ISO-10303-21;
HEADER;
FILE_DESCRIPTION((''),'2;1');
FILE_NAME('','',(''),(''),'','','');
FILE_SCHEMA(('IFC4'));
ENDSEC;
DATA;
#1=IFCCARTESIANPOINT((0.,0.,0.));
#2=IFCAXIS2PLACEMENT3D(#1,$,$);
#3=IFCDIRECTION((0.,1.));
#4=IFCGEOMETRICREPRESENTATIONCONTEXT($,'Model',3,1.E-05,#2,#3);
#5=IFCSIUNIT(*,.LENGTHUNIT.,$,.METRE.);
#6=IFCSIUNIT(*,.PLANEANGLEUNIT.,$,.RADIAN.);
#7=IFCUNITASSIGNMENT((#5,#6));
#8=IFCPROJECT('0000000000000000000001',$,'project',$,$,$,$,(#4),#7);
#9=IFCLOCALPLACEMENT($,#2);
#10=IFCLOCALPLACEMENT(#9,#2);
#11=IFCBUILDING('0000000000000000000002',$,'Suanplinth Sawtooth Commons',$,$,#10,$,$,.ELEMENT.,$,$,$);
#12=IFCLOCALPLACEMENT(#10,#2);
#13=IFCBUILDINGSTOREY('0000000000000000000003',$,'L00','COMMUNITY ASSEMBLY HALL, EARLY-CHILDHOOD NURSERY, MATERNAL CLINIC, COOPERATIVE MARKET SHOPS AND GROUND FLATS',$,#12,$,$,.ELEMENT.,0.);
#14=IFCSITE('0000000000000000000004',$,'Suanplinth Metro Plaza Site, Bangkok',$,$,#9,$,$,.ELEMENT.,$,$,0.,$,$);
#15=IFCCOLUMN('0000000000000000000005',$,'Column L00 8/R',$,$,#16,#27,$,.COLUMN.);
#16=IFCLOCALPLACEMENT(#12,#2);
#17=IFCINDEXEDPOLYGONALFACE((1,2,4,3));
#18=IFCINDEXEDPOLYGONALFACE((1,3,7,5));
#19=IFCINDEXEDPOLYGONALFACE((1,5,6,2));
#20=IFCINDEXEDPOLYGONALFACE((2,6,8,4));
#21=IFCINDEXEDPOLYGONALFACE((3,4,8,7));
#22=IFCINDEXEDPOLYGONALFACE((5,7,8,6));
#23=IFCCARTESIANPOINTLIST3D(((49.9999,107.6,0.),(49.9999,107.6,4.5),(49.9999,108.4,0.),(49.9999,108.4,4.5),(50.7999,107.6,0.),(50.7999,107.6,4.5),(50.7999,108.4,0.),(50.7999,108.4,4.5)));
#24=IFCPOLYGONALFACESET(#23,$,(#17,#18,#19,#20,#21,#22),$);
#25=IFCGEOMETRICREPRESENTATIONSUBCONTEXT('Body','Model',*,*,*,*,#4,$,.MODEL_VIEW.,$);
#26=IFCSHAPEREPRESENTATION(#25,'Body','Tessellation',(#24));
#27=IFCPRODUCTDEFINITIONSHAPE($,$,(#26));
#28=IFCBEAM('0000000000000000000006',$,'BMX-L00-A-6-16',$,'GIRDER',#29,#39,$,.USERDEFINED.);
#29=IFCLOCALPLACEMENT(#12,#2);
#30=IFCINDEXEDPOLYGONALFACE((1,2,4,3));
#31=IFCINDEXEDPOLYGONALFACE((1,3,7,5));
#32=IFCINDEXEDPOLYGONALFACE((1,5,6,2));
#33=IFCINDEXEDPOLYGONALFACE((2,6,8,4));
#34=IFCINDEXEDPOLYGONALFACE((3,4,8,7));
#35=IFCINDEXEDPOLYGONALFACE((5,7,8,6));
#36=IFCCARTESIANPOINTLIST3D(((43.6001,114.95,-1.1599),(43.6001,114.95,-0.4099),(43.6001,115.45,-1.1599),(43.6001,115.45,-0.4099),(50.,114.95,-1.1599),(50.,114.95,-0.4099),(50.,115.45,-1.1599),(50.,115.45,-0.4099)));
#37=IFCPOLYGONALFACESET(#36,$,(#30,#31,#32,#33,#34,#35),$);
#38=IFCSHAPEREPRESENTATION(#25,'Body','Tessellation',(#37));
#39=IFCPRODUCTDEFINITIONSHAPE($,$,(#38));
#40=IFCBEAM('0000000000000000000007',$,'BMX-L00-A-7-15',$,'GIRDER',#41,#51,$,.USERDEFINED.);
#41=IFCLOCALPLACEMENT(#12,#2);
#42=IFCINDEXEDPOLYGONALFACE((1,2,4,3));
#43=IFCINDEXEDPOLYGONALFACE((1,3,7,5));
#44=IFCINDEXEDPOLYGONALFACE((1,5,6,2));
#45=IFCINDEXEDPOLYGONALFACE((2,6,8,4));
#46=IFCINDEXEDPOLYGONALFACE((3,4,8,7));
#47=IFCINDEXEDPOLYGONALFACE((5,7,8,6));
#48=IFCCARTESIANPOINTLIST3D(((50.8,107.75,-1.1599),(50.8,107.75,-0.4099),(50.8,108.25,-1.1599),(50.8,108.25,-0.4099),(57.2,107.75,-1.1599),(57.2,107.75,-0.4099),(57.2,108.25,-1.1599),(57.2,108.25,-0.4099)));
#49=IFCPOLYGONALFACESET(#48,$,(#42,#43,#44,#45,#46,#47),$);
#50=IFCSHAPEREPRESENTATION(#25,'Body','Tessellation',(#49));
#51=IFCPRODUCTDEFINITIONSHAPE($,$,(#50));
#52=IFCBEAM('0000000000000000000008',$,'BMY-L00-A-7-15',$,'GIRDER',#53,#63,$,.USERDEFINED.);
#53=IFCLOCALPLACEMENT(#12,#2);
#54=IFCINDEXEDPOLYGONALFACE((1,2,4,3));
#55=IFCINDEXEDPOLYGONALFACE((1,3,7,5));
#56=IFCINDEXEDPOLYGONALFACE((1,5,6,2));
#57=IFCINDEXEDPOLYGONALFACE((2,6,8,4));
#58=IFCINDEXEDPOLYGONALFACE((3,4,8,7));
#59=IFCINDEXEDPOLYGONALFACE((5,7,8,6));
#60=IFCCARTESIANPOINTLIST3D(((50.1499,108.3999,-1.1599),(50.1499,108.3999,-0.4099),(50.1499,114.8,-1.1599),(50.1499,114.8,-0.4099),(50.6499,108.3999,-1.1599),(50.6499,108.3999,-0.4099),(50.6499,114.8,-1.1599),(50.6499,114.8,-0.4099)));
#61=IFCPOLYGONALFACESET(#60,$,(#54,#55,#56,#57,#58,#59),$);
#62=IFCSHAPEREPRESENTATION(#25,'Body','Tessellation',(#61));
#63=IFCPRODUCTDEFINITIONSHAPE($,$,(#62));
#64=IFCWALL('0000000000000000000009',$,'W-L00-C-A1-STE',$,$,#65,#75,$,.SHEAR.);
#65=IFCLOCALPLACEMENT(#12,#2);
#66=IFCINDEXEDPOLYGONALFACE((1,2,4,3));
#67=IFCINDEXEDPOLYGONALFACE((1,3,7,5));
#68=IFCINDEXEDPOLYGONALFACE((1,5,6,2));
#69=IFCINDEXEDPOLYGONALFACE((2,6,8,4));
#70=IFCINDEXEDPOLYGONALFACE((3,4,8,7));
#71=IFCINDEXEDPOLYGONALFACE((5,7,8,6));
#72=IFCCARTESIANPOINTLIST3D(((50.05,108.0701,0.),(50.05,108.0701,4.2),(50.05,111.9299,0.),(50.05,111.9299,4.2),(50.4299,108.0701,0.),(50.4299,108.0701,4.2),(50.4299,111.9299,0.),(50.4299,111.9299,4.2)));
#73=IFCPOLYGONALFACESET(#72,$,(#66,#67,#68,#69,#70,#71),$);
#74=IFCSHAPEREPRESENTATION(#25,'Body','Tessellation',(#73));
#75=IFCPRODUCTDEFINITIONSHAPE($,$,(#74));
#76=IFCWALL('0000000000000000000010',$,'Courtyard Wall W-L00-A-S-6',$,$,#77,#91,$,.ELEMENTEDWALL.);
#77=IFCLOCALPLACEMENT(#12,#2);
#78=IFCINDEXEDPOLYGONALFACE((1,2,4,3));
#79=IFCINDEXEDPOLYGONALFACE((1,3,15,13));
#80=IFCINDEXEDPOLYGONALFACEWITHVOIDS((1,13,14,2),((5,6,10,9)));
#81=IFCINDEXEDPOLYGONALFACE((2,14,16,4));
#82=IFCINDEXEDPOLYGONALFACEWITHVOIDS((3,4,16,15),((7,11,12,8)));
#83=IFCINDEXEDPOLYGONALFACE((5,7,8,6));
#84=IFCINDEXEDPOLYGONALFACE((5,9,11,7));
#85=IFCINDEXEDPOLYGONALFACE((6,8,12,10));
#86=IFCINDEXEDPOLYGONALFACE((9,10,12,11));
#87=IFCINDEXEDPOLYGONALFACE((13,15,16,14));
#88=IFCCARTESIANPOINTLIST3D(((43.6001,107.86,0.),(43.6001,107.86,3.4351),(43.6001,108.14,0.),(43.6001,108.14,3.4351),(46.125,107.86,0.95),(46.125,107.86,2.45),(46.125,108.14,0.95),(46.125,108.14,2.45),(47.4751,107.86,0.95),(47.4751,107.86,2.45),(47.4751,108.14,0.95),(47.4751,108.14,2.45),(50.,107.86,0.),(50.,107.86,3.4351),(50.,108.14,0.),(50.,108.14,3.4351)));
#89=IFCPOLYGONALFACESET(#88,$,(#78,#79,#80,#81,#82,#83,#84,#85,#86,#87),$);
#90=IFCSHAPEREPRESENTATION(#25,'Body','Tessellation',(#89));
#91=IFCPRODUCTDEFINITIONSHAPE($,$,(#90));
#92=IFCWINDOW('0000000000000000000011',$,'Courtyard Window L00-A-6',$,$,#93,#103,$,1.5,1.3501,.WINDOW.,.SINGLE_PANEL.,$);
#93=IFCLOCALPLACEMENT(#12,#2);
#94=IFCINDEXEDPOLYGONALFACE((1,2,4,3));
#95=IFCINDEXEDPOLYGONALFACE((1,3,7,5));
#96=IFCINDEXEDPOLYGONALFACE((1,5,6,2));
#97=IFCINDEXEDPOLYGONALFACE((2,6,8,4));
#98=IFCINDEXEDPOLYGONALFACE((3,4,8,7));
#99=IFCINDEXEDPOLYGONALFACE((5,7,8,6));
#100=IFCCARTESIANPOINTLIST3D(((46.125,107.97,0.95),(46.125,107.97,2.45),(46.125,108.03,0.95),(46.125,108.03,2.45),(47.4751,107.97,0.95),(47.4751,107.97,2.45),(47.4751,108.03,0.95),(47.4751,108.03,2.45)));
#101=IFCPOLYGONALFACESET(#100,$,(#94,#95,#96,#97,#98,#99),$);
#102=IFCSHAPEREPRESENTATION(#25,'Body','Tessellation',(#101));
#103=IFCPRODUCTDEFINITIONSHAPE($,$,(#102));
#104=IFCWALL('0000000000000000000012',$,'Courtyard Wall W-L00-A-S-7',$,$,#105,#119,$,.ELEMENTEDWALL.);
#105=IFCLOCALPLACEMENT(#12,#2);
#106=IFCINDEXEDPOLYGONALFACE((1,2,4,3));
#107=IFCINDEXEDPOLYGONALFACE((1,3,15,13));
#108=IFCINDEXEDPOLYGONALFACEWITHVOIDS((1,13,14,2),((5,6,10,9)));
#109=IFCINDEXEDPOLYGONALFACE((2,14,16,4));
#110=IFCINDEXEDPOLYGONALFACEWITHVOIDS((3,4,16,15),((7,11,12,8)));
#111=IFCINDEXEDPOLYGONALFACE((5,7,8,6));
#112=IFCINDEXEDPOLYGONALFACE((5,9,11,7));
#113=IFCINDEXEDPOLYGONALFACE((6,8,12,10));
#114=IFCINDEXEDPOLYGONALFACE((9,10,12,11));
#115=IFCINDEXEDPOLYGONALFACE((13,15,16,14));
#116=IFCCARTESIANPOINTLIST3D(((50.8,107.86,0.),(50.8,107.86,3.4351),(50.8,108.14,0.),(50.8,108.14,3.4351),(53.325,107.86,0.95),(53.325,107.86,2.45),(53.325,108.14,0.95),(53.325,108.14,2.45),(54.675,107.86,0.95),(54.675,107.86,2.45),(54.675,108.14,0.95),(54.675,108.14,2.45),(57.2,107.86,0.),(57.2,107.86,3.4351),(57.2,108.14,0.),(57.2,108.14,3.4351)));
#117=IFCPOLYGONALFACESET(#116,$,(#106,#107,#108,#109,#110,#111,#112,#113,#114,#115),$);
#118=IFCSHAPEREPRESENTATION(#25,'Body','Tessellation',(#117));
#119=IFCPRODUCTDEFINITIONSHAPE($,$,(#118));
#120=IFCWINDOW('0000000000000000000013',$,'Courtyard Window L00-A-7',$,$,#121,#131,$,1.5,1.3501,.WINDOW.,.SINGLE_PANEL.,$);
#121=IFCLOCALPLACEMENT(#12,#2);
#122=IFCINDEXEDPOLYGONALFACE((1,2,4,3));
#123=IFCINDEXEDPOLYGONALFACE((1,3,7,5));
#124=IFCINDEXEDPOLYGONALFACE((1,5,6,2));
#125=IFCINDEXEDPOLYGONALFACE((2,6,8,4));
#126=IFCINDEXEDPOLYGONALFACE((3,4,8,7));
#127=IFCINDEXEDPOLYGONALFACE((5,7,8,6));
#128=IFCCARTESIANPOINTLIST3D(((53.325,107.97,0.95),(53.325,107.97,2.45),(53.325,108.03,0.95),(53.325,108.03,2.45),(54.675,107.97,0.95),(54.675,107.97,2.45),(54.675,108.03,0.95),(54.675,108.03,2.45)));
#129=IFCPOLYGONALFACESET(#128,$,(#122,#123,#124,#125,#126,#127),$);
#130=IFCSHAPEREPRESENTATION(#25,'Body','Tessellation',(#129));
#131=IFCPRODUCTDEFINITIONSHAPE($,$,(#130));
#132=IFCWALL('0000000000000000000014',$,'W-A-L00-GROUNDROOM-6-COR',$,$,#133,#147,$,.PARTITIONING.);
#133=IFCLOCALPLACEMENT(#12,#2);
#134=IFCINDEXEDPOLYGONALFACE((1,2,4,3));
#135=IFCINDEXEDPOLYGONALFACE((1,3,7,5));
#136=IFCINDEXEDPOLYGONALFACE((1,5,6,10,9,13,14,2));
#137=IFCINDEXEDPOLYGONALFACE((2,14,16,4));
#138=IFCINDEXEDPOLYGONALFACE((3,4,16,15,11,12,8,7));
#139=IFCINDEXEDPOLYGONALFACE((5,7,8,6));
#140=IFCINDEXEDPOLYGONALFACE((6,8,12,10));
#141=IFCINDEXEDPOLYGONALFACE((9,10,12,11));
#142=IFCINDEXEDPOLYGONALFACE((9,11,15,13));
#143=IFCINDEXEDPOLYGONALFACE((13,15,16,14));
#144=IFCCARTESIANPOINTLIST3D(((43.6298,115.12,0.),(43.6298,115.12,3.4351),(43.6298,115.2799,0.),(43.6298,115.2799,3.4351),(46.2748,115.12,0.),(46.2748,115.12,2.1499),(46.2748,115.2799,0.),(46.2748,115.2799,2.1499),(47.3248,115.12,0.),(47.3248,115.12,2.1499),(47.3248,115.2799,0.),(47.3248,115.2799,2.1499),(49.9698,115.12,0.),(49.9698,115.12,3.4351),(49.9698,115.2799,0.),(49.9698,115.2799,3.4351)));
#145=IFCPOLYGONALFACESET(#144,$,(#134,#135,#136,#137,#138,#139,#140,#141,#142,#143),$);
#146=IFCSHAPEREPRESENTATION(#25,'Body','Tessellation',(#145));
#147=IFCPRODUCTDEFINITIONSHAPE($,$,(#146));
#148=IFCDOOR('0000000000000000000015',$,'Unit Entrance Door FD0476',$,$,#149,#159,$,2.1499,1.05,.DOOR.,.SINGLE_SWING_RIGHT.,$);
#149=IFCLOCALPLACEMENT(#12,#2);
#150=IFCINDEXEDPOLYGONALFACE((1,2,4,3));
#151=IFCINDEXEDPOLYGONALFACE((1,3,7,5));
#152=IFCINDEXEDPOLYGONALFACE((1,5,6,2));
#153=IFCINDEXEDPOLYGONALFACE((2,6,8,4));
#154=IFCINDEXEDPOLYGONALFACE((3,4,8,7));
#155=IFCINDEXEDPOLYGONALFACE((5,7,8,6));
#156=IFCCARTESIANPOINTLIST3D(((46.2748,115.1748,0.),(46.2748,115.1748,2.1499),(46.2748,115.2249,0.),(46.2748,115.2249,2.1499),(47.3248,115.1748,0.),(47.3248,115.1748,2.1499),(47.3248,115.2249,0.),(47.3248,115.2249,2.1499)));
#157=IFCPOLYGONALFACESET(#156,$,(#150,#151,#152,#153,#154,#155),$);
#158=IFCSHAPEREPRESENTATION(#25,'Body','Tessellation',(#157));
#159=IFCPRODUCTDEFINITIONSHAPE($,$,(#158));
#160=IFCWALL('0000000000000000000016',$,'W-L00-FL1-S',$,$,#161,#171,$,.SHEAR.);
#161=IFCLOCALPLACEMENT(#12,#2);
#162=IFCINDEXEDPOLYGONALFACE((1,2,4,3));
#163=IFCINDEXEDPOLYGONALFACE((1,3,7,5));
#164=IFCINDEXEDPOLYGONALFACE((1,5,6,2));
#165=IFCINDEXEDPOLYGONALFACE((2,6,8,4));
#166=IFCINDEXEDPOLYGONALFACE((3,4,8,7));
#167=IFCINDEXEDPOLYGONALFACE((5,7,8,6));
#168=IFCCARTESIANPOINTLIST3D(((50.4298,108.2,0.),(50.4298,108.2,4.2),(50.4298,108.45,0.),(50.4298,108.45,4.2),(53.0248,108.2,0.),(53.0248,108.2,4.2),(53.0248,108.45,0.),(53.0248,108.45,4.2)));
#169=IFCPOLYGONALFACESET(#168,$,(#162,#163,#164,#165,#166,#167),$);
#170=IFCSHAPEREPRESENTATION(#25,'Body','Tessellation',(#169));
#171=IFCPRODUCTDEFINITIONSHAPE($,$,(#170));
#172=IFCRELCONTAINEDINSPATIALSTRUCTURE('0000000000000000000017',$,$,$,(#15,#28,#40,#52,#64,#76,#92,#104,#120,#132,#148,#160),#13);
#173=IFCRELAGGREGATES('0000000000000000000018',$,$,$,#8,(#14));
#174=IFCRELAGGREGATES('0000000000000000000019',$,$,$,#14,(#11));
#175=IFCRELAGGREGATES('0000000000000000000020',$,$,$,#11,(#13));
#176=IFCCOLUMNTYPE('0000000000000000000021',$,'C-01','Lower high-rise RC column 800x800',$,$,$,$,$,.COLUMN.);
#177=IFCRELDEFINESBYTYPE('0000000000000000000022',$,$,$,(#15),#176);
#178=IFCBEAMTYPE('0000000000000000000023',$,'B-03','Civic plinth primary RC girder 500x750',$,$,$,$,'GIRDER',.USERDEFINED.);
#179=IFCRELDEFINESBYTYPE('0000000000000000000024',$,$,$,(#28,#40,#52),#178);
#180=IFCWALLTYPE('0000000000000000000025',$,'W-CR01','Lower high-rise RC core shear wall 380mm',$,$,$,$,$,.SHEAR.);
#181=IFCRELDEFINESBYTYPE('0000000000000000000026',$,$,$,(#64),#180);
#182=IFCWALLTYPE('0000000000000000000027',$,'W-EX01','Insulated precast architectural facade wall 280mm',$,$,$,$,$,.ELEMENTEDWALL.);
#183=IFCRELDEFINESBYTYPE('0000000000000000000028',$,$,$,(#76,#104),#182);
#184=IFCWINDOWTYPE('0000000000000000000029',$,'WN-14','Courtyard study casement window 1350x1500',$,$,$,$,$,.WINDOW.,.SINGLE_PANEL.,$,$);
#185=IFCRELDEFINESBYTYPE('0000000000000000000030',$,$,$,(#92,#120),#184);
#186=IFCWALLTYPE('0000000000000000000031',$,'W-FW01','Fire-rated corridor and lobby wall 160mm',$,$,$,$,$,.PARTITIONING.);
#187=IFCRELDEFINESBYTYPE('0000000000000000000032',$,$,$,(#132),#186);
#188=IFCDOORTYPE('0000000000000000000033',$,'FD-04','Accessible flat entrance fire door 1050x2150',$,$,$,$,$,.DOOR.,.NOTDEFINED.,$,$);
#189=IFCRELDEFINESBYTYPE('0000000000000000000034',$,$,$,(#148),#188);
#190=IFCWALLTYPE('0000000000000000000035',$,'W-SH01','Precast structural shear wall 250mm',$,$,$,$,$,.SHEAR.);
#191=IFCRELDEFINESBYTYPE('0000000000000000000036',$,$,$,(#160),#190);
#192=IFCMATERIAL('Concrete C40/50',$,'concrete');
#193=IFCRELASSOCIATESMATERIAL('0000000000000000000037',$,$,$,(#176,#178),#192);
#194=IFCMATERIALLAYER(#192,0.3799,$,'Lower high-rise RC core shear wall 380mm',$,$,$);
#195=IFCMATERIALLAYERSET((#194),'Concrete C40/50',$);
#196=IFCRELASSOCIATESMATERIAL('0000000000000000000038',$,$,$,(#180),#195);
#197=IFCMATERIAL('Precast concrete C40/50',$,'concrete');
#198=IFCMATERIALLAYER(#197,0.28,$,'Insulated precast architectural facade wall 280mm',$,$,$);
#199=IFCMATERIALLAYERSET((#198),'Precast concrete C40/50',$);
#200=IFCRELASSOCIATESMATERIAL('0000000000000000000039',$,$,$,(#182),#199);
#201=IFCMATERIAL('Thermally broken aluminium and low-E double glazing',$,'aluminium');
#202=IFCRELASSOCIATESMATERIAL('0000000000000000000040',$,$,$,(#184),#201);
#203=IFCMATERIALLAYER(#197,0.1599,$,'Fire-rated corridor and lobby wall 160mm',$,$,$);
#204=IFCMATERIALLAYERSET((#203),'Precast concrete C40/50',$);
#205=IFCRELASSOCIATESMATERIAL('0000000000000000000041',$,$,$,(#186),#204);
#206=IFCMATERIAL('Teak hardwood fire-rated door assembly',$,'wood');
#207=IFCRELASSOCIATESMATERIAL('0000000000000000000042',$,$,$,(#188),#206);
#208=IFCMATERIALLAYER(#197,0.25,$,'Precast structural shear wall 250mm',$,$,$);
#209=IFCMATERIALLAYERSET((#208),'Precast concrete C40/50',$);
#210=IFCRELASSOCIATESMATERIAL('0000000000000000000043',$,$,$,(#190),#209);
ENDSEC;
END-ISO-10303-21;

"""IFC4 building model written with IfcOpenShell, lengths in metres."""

from ifc_helpers import new_model, si_unit, direction, frame, frame_2d, origin, origin_2d, place, context, subcontext, project, spatial, rectangle, extrude, material, layer, layer_set, material_profile, profile_set, type_object, element, fill, save


model = new_model("IFC4")

# Units and contexts
model_context = context("Model", 3, precision=1e-05, world=origin(), true_north=direction((0.0, 1.0)))
body_context = subcontext(model_context, "Body", "Model", "MODEL_VIEW")
ifc_project = project(units=[si_unit("LENGTHUNIT", "METRE"), si_unit("PLANEANGLEUNIT", "RADIAN")], contexts=[model_context])

# Site, building, storey
site_placement = place(None, origin())
site = spatial("IfcSite", under=ifc_project, at=site_placement, Name="Suanplinth Metro Plaza Site, Bangkok", CompositionType="ELEMENT", RefElevation=0.0)
building_placement = place(site_placement, origin())
building = spatial("IfcBuilding", under=site, at=building_placement, Name="Suanplinth Sawtooth Commons", CompositionType="ELEMENT")
storey_placement = place(building_placement, origin())
storey = spatial("IfcBuildingStorey", under=building, at=storey_placement, Name="L00", Description="COMMUNITY ASSEMBLY HALL, EARLY-CHILDHOOD NURSERY, MATERNAL CLINIC, COOPERATIVE MARKET SHOPS AND GROUND FLATS", CompositionType="ELEMENT", Elevation=0.0)

# Column
ifc_material_1 = material(Name="Concrete C40/50", Category="concrete")
ifc_material_profile_1 = material_profile(ifc_material_1, rectangle(XDim=0.8, YDim=0.8, at=origin_2d()), Name="RC-COL 800x800")
ifc_profile_set_1 = profile_set([ifc_material_profile_1], Name="Concrete C40/50")
column_type = type_object("IfcColumnType", Name="C-01", Description="Lower high-rise RC column 800x800", PredefinedType="COLUMN", material=ifc_profile_set_1)
column_placement = place(storey_placement, frame((50.3999, 108.0, 0.0), z_axis=(0.0, 0.0, 1.0), x_axis=(1.0, 0.0, 0.0)))
element("IfcColumn", 1, at=column_placement, inside=storey, type_object=column_type, Name="Column L00 8/R", PredefinedType="COLUMN", context=body_context, shape_type="SweptSolid", body=[
    extrude(rectangle(XDim=0.8, YDim=0.8, at=origin_2d()), origin(), (0.0, 0.0, 1.0), 4.5),
])

# Beams
ifc_material_profile_2 = material_profile(ifc_material_1, rectangle(XDim=0.5, YDim=0.75, at=origin_2d()), Name="RC-GDR 500x750")
ifc_profile_set_2 = profile_set([ifc_material_profile_2], Name="Concrete C40/50")
beam_type = type_object("IfcBeamType", Name="B-03", Description="Civic plinth primary RC girder 500x750", ElementType="GIRDER", PredefinedType="USERDEFINED", material=ifc_profile_set_2)
for number, where, z_axis, x_axis, name in (
    (2, (43.6001, 115.2, -0.7849), (1.0, 0.0, 0.0), (0.0, 1.0, 0.0), "BMX-L00-A-6-16"),
    (3, (50.8, 108.0, -0.7849), (1.0, 0.0, 0.0), (0.0, 1.0, 0.0), "BMX-L00-A-7-15"),
):
    element("IfcBeam", number, at=place(storey_placement, frame(where, z_axis=z_axis, x_axis=x_axis)), inside=storey, type_object=beam_type, Name=name, ObjectType="GIRDER", PredefinedType="USERDEFINED", context=body_context, shape_type="SweptSolid", body=[
        extrude(rectangle(XDim=0.5, YDim=0.75, at=origin_2d()), origin(), (0.0, 0.0, 1.0), 6.3999),
    ])
beam_placement = place(storey_placement, frame((50.3999, 108.3999, -0.7849), z_axis=(0.0, 1.0, 0.0), x_axis=(-1.0, 0.0, 0.0)))
element("IfcBeam", 4, at=beam_placement, inside=storey, type_object=beam_type, Name="BMY-L00-A-7-15", ObjectType="GIRDER", PredefinedType="USERDEFINED", context=body_context, shape_type="SweptSolid", body=[
    extrude(rectangle(XDim=0.5, YDim=0.75, at=origin_2d()), origin(), (0.0, 0.0, 1.0), 6.4001),
])

# Wall
ifc_layer_1 = layer(ifc_material_1, 0.3799, Name="Lower high-rise RC core shear wall 380mm")
ifc_layer_set_1 = layer_set([ifc_layer_1], Name="Concrete C40/50")
wall_type_1 = type_object("IfcWallType", Name="W-CR01", Description="Lower high-rise RC core shear wall 380mm", PredefinedType="SHEAR", material=ifc_layer_set_1)
wall_1_placement = place(storey_placement, frame((50.24, 108.0701, 0.0), z_axis=(0.0, 0.0, 1.0), x_axis=(0.0, 1.0, 0.0)))
element("IfcWall", 5, at=wall_1_placement, inside=storey, type_object=wall_type_1, Name="W-L00-C-A1-STE", PredefinedType="SHEAR", context=body_context, shape_type="SweptSolid", body=[
    extrude(rectangle(XDim=3.8599, YDim=0.3799, at=frame_2d((1.9299, 0.0))), origin(), (0.0, 0.0, 1.0), 4.2),
])

# Walls, openings, windows
ifc_material_2 = material(Name="Precast concrete C40/50", Category="concrete")
ifc_layer_2 = layer(ifc_material_2, 0.28, Name="Insulated precast architectural facade wall 280mm")
ifc_layer_set_2 = layer_set([ifc_layer_2], Name="Precast concrete C40/50")
wall_type_2 = type_object("IfcWallType", Name="W-EX01", Description="Insulated precast architectural facade wall 280mm", PredefinedType="ELEMENTEDWALL", material=ifc_layer_set_2)
wall_2_placement = place(storey_placement, frame((43.6001, 108.0, 0.0), z_axis=(0.0, 0.0, 1.0), x_axis=(1.0, 0.0, 0.0)))
wall_2 = element("IfcWall", 6, at=wall_2_placement, inside=storey, type_object=wall_type_2, Name="Courtyard Wall W-L00-A-S-6", PredefinedType="ELEMENTEDWALL", context=body_context, shape_type="SweptSolid", body=[
    extrude(rectangle(XDim=6.3999, YDim=0.28, at=frame_2d((3.2, 0.0))), origin(), (0.0, 0.0, 1.0), 3.4351),
])
opening_1_placement = place(wall_2_placement, frame((2.5249, 0.0, 0.95)))
opening_1 = element("IfcOpeningElement", 7, at=opening_1_placement, cuts=wall_2, PredefinedType="OPENING", context=body_context, shape_type="SweptSolid", body=[
    extrude(rectangle(XDim=1.3501, YDim=1.5, at=frame_2d((0.675, 0.75))), frame((0.0, 0.1548, 0.0), z_axis=(0.0, -1.0, 0.0), x_axis=(1.0, 0.0, 0.0)), (0.0, 0.0, 1.0), 0.3098),
])
ifc_material_3 = material(Name="Thermally broken aluminium and low-E double glazing", Category="aluminium")
window_type = type_object("IfcWindowType", Name="WN-14", Description="Courtyard study casement window 1350x1500", PartitioningType="SINGLE_PANEL", PredefinedType="WINDOW", material=ifc_material_3)
window_1_placement = place(opening_1_placement, origin())
window_1 = element("IfcWindow", 8, at=window_1_placement, inside=storey, type_object=window_type, Name="Courtyard Window L00-A-6", OverallHeight=1.5, OverallWidth=1.3501, PartitioningType="SINGLE_PANEL", PredefinedType="WINDOW", context=body_context, shape_type="SweptSolid", body=[
    extrude(rectangle(XDim=1.3501, YDim=1.5, at=frame_2d((0.675, 0.75))), frame((0.0, 0.03, 0.0), z_axis=(0.0, -1.0, 0.0), x_axis=(1.0, 0.0, 0.0)), (0.0, 0.0, 1.0), 0.0601),
])
fill(opening_1, window_1)
wall_3_placement = place(storey_placement, frame((50.8, 108.0, 0.0), z_axis=(0.0, 0.0, 1.0), x_axis=(1.0, 0.0, 0.0)))
wall_3 = element("IfcWall", 9, at=wall_3_placement, inside=storey, type_object=wall_type_2, Name="Courtyard Wall W-L00-A-S-7", PredefinedType="ELEMENTEDWALL", context=body_context, shape_type="SweptSolid", body=[
    extrude(rectangle(XDim=6.3999, YDim=0.28, at=frame_2d((3.2, 0.0))), origin(), (0.0, 0.0, 1.0), 3.4351),
])
opening_2_placement = place(wall_3_placement, frame((2.5249, 0.0, 0.95)))
opening_2 = element("IfcOpeningElement", 10, at=opening_2_placement, cuts=wall_3, PredefinedType="OPENING", context=body_context, shape_type="SweptSolid", body=[
    extrude(rectangle(XDim=1.3501, YDim=1.5, at=frame_2d((0.675, 0.75))), frame((0.0, 0.1548, 0.0), z_axis=(0.0, -1.0, 0.0), x_axis=(1.0, 0.0, 0.0)), (0.0, 0.0, 1.0), 0.3098),
])
window_2_placement = place(opening_2_placement, origin())
window_2 = element("IfcWindow", 11, at=window_2_placement, inside=storey, type_object=window_type, Name="Courtyard Window L00-A-7", OverallHeight=1.5, OverallWidth=1.3501, PartitioningType="SINGLE_PANEL", PredefinedType="WINDOW", context=body_context, shape_type="SweptSolid", body=[
    extrude(rectangle(XDim=1.3501, YDim=1.5, at=frame_2d((0.675, 0.75))), frame((0.0, 0.03, 0.0), z_axis=(0.0, -1.0, 0.0), x_axis=(1.0, 0.0, 0.0)), (0.0, 0.0, 1.0), 0.0601),
])
fill(opening_2, window_2)

# Wall, opening, door
ifc_layer_3 = layer(ifc_material_2, 0.1599, Name="Fire-rated corridor and lobby wall 160mm")
ifc_layer_set_3 = layer_set([ifc_layer_3], Name="Precast concrete C40/50")
wall_type_3 = type_object("IfcWallType", Name="W-FW01", Description="Fire-rated corridor and lobby wall 160mm", PredefinedType="PARTITIONING", material=ifc_layer_set_3)
wall_4_placement = place(storey_placement, frame((43.6299, 115.2, 0.0), z_axis=(0.0, 0.0, 1.0), x_axis=(1.0, 0.0, 0.0)))
wall_4 = element("IfcWall", 12, at=wall_4_placement, inside=storey, type_object=wall_type_3, Name="W-A-L00-GROUNDROOM-6-COR", PredefinedType="PARTITIONING", context=body_context, shape_type="SweptSolid", body=[
    extrude(rectangle(XDim=6.3401, YDim=0.1599, at=frame_2d((3.1699, 0.0))), origin(), (0.0, 0.0, 1.0), 3.4351),
])
opening_3_placement = place(wall_4_placement, frame((2.645, 0.0, 0.0)))
opening_3 = element("IfcOpeningElement", 13, at=opening_3_placement, cuts=wall_4, PredefinedType="OPENING", context=body_context, shape_type="SweptSolid", body=[
    extrude(rectangle(XDim=1.05, YDim=2.1499, at=frame_2d((0.5249, 1.075))), frame((0.0, 0.0947, 0.0), z_axis=(0.0, -1.0, 0.0), x_axis=(1.0, 0.0, 0.0)), (0.0, 0.0, 1.0), 0.1897),
])
ifc_material_4 = material(Name="Teak hardwood fire-rated door assembly", Category="wood")
door_type_1 = type_object("IfcDoorType", Name="FD-04", Description="Accessible flat entrance fire door 1050x2150", OperationType="NOTDEFINED", PredefinedType="DOOR", material=ifc_material_4)
door_1_placement = place(opening_3_placement, origin())
door_1 = element("IfcDoor", 14, at=door_1_placement, inside=storey, type_object=door_type_1, Name="Unit Entrance Door FD0476", OperationType="SINGLE_SWING_RIGHT", OverallHeight=2.1499, OverallWidth=1.05, PredefinedType="DOOR", context=body_context, shape_type="SweptSolid", body=[
    extrude(rectangle(XDim=1.05, YDim=2.1499, at=frame_2d((0.5249, 1.075))), frame((0.0, 0.0249, 0.0), z_axis=(0.0, -1.0, 0.0), x_axis=(1.0, 0.0, 0.0)), (0.0, 0.0, 1.0), 0.05),
])
fill(opening_3, door_1)

# Wall
ifc_layer_4 = layer(ifc_material_2, 0.25, Name="Precast structural shear wall 250mm")
ifc_layer_set_4 = layer_set([ifc_layer_4], Name="Precast concrete C40/50")
wall_type_4 = type_object("IfcWallType", Name="W-SH01", Description="Precast structural shear wall 250mm", PredefinedType="SHEAR", material=ifc_layer_set_4)
wall_5_placement = place(storey_placement, frame((50.4299, 108.325, 0.0), z_axis=(0.0, 0.0, 1.0), x_axis=(1.0, 0.0, 0.0)))
element("IfcWall", 15, at=wall_5_placement, inside=storey, type_object=wall_type_4, Name="W-L00-FL1-S", PredefinedType="SHEAR", context=body_context, shape_type="SweptSolid", body=[
    extrude(rectangle(XDim=2.595, YDim=0.25, at=frame_2d((1.2974, 0.0))), origin(), (0.0, 0.0, 1.0), 4.2),
])

save(model, "model.ifc")
